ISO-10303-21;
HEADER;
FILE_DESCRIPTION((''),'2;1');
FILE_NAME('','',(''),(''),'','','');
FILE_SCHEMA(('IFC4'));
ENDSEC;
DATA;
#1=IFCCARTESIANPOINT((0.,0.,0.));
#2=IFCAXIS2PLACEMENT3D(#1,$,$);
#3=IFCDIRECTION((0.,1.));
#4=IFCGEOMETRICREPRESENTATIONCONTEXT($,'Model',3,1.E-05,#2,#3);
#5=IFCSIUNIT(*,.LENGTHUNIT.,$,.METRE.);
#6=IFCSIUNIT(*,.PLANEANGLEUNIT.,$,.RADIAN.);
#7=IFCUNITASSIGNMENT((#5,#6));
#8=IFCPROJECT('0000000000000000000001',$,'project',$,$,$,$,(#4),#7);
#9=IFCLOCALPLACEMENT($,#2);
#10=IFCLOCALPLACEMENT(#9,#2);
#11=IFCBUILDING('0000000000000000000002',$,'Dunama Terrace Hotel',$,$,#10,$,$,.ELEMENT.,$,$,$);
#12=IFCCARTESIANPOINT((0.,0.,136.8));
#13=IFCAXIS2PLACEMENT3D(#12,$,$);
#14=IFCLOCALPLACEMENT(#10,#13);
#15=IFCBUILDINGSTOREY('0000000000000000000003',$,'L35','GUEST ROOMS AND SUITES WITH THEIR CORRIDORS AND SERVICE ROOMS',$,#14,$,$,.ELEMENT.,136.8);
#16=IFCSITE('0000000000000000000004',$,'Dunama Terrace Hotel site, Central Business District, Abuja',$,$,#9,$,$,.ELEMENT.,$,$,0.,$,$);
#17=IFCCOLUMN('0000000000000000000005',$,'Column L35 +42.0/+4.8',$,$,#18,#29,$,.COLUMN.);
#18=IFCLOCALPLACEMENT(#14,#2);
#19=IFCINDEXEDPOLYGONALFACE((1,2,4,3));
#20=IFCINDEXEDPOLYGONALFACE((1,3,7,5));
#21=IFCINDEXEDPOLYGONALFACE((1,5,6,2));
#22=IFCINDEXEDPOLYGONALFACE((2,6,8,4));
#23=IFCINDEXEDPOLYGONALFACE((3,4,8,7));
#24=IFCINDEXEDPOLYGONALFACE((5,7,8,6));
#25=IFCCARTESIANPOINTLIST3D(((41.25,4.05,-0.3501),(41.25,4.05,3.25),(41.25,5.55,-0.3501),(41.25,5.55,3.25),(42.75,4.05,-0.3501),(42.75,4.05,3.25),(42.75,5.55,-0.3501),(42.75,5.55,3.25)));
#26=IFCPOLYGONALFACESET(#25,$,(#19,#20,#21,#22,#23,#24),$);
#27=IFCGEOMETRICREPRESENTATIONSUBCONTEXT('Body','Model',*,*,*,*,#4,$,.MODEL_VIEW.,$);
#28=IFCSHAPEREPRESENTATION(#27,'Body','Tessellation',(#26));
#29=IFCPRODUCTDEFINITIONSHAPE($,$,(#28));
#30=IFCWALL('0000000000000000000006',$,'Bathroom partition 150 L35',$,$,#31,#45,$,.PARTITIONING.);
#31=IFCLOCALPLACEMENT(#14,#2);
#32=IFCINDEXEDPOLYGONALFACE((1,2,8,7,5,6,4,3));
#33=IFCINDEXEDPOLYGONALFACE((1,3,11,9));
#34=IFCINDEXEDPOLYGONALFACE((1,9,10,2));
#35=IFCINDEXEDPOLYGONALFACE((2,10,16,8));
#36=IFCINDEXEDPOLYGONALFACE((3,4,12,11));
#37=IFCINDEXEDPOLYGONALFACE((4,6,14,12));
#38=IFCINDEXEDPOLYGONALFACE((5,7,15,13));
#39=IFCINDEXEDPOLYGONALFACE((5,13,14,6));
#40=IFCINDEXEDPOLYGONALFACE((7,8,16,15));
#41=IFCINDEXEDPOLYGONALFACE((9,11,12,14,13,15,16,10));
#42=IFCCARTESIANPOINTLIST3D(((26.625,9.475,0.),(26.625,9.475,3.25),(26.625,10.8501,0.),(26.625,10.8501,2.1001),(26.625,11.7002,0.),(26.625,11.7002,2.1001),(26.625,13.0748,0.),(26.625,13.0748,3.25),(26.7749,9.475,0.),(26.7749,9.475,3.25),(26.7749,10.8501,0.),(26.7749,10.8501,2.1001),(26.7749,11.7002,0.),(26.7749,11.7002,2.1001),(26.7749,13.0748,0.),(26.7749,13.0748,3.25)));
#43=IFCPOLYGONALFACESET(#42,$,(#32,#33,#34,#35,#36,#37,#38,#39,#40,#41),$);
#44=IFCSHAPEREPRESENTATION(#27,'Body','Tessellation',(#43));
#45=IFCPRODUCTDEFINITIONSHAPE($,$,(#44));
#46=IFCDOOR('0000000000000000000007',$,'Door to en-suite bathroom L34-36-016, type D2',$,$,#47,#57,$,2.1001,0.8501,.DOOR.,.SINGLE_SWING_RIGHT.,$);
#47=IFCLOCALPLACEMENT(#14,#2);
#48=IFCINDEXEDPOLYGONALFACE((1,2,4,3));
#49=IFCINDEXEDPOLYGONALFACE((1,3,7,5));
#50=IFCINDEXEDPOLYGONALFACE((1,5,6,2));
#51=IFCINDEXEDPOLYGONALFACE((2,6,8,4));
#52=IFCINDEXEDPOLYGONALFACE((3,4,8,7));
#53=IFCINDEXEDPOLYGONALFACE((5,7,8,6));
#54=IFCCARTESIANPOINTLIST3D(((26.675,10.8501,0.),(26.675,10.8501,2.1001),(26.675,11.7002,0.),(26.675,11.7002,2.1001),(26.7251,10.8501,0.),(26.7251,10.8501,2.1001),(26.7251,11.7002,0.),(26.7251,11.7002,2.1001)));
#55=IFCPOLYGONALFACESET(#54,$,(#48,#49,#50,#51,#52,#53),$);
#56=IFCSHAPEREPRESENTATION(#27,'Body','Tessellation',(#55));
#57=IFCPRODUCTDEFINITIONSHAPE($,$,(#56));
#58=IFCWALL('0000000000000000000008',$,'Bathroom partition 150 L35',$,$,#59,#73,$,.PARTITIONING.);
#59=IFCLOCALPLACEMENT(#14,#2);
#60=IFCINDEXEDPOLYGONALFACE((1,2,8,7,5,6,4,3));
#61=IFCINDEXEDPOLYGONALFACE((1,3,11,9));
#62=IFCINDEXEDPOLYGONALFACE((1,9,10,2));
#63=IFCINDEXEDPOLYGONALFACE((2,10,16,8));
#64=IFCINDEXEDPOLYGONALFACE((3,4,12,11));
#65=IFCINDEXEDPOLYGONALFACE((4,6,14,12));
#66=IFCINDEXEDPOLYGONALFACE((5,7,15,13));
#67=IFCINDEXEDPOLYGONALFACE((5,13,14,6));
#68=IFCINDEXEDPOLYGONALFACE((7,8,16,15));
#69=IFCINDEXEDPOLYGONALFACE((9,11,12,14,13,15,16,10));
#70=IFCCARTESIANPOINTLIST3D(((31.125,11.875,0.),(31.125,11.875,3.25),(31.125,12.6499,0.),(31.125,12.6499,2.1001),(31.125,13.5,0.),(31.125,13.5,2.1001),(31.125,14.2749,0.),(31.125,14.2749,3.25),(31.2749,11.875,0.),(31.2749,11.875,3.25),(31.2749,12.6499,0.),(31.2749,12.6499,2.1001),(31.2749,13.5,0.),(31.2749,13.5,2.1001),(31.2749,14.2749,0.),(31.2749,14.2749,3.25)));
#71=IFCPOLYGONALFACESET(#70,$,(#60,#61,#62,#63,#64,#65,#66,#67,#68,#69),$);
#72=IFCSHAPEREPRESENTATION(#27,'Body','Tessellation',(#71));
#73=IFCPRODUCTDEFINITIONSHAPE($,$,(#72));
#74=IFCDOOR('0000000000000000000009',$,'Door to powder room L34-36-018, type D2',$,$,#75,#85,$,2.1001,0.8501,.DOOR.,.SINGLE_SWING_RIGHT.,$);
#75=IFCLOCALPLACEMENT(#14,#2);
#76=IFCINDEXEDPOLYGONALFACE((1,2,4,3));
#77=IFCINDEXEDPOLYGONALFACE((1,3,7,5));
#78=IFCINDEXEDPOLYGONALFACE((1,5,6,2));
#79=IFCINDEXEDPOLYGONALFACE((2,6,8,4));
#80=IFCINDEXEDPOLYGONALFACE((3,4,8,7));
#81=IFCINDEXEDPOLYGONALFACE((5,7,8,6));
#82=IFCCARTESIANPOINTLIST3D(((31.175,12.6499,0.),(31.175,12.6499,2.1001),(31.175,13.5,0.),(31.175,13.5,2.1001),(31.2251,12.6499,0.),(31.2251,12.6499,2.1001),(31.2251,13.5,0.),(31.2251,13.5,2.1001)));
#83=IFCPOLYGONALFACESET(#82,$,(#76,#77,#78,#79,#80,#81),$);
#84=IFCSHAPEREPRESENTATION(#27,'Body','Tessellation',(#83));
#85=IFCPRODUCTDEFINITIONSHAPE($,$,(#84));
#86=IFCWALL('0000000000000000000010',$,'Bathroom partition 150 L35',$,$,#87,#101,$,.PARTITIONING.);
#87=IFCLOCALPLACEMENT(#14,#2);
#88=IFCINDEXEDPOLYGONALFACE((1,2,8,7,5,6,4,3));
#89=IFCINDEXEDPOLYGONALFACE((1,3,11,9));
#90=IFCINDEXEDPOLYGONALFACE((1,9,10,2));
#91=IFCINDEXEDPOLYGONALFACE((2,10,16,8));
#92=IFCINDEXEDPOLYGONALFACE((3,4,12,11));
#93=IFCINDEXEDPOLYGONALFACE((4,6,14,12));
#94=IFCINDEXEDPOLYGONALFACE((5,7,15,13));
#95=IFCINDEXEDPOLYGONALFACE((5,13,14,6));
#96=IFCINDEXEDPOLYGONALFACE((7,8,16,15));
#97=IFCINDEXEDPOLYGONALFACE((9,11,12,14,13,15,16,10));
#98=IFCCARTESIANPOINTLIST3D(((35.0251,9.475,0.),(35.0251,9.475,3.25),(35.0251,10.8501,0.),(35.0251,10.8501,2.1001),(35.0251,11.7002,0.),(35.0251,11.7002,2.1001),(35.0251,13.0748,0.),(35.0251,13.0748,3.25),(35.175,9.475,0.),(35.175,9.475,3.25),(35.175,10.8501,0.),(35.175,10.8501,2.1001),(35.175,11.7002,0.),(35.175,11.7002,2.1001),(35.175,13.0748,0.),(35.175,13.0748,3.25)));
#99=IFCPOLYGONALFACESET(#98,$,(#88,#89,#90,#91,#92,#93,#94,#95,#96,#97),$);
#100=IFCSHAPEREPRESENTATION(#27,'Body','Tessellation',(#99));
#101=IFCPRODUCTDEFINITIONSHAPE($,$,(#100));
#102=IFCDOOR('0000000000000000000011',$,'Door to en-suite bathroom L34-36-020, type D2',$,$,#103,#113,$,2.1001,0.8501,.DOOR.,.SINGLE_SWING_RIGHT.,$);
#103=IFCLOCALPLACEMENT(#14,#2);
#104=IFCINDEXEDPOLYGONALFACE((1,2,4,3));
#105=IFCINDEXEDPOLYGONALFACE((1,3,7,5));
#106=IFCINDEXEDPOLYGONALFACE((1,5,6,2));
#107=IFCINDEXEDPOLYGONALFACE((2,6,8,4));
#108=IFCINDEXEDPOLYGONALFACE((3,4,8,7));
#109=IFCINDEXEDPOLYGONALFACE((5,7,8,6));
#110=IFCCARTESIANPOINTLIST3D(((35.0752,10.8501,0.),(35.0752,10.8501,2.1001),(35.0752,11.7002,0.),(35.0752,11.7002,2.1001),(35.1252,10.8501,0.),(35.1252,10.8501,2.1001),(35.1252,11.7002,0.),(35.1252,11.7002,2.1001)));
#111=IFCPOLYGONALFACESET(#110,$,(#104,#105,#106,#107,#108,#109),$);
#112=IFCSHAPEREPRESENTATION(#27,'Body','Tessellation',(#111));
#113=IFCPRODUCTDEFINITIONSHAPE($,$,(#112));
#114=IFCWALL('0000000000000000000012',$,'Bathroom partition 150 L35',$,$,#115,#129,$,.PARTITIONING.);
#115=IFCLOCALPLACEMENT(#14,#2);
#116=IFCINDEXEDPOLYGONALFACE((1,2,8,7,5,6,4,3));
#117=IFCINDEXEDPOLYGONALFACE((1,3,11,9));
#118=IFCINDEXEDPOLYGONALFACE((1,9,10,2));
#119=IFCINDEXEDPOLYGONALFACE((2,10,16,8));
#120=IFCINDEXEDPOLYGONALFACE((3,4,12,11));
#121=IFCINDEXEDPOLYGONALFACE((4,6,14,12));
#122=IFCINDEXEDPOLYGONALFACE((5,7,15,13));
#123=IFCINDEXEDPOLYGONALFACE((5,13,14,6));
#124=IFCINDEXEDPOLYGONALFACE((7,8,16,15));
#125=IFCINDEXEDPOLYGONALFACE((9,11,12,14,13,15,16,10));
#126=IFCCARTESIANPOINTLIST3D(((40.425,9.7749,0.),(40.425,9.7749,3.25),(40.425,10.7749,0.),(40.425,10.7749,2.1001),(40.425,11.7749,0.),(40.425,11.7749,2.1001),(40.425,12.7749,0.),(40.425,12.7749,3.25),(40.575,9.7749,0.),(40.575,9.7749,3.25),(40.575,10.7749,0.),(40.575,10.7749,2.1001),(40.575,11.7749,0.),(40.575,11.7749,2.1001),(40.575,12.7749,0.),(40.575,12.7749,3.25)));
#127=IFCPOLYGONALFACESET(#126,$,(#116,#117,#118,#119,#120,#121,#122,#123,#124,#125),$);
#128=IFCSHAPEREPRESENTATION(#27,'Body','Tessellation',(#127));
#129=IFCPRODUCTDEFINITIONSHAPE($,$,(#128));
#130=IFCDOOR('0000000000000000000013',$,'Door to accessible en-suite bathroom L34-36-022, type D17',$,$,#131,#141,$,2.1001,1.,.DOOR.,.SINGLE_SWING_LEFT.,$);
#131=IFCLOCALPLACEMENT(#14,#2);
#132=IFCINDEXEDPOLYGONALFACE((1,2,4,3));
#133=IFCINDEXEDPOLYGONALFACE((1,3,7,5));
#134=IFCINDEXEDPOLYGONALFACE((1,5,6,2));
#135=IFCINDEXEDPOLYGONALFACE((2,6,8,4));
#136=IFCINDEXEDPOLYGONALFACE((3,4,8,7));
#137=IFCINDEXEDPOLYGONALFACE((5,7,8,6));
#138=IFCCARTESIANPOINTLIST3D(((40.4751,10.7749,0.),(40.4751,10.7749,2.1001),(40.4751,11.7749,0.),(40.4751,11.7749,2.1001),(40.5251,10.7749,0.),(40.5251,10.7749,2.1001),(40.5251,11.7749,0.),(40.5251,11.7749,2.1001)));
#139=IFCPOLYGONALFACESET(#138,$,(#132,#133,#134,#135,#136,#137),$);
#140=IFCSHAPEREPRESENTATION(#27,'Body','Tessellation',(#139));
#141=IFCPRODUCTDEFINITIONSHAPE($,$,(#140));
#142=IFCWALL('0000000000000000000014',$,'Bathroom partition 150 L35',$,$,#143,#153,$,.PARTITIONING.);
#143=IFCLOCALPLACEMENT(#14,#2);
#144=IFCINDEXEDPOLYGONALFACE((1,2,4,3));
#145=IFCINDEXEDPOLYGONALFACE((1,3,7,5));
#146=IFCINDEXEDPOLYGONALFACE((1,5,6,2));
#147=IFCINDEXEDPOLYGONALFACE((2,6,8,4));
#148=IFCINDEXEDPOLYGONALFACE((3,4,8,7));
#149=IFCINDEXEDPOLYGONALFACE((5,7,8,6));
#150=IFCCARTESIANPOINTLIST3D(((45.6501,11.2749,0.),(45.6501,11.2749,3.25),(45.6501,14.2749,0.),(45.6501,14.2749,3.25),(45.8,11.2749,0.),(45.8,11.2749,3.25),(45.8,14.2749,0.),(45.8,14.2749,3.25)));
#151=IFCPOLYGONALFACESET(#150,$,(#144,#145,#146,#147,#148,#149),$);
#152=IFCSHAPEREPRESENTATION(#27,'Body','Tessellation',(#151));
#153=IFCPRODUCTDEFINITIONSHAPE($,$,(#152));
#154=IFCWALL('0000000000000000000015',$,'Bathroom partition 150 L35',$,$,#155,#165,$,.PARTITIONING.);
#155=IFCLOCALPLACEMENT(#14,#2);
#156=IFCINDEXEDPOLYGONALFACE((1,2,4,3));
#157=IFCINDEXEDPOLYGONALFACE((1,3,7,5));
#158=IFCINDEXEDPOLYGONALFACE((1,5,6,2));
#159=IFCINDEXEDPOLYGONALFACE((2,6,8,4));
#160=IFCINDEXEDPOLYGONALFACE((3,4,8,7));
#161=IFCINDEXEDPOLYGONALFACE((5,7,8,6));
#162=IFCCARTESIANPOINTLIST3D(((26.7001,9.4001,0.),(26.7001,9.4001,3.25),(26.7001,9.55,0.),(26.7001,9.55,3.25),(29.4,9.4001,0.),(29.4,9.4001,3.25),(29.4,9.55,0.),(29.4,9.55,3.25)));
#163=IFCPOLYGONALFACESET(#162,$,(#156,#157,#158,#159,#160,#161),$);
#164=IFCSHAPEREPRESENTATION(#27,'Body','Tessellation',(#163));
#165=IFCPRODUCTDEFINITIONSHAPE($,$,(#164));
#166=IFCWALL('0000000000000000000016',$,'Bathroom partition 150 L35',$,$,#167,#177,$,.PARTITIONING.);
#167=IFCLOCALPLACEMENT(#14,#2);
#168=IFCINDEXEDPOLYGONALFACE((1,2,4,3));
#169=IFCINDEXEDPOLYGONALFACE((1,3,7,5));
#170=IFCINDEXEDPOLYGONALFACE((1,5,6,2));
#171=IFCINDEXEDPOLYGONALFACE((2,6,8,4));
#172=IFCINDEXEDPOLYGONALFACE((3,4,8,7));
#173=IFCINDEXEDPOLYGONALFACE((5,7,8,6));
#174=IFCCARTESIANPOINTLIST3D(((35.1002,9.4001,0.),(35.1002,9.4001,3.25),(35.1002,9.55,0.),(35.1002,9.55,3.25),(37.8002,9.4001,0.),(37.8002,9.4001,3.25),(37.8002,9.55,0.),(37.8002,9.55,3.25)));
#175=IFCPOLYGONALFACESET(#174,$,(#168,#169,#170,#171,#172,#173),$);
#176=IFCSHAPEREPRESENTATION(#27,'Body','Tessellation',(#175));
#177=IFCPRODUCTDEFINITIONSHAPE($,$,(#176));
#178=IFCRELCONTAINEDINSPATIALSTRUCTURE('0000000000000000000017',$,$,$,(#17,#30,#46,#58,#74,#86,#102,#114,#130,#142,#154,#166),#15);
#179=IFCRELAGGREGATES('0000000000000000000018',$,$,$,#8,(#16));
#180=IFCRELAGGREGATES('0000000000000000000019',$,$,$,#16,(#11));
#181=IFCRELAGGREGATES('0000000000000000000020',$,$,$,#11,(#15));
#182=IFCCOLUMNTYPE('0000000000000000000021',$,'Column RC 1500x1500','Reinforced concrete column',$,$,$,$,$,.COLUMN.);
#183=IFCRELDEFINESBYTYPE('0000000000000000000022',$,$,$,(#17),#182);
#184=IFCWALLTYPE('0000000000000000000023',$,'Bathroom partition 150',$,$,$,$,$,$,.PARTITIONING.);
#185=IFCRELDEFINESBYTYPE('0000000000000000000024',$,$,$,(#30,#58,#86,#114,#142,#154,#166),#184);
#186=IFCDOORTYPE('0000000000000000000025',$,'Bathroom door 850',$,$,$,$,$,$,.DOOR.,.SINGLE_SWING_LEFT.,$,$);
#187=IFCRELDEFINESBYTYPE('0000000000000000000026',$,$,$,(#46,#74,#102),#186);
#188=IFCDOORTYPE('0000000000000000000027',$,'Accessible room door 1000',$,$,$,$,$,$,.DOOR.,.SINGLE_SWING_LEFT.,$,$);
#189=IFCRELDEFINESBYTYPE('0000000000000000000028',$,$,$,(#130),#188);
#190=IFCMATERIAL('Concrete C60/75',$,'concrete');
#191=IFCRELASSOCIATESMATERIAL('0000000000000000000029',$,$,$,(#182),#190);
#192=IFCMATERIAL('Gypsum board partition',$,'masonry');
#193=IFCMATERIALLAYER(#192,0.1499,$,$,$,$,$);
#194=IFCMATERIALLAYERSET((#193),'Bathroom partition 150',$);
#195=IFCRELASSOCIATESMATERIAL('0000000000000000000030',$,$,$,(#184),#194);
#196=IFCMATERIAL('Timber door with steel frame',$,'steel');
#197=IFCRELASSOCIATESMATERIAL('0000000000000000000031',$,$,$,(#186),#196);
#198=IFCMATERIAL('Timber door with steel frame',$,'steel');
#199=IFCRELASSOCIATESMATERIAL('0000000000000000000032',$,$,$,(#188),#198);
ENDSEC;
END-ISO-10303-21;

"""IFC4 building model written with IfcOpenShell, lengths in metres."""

from ifc_helpers import new_model, si_unit, direction, frame, frame_2d, origin, origin_2d, place, context, subcontext, project, spatial, rectangle, extrude, material, layer, layer_set, material_profile, profile_set, type_object, element, fill, save


model = new_model("IFC4")

# Units and contexts
model_context = context("Model", 3, precision=1e-05, world=origin(), true_north=direction((0.0, 1.0)))
body_context = subcontext(model_context, "Body", "Model", "MODEL_VIEW")
ifc_project = project(units=[si_unit("LENGTHUNIT", "METRE"), si_unit("PLANEANGLEUNIT", "RADIAN")], contexts=[model_context])

# Site, building, storey
site_placement = place(None, origin())
site = spatial("IfcSite", under=ifc_project, at=site_placement, Name="Dunama Terrace Hotel site, Central Business District, Abuja", CompositionType="ELEMENT", RefElevation=0.0)
building_placement = place(site_placement, origin())
building = spatial("IfcBuilding", under=site, at=building_placement, Name="Dunama Terrace Hotel", CompositionType="ELEMENT")
storey_placement = place(building_placement, frame((0.0, 0.0, 136.8)))
storey = spatial("IfcBuildingStorey", under=building, at=storey_placement, Name="L35", Description="GUEST ROOMS AND SUITES WITH THEIR CORRIDORS AND SERVICE ROOMS", CompositionType="ELEMENT", Elevation=136.8)

# Column
ifc_material_1 = material(Name="Concrete C60/75", Category="concrete")
ifc_material_profile = material_profile(ifc_material_1, rectangle(XDim=1.5, YDim=1.5, at=origin_2d()), Name="RC 1500x1500")
ifc_profile_set = profile_set([ifc_material_profile], Name="Concrete C60/75")
column_type = type_object("IfcColumnType", Name="Column RC 1500x1500", Description="Reinforced concrete column", PredefinedType="COLUMN", material=ifc_profile_set)
column_placement = place(storey_placement, frame((42.0, 4.8, -0.3501), z_axis=(0.0, 0.0, 1.0), x_axis=(1.0, 0.0, 0.0)))
element("IfcColumn", 1, at=column_placement, inside=storey, type_object=column_type, Name="Column L35 +42.0/+4.8", PredefinedType="COLUMN", context=body_context, shape_type="SweptSolid", body=[
    extrude(rectangle(XDim=1.5, YDim=1.5, at=origin_2d()), origin(), (0.0, 0.0, 1.0), 3.6001),
])

# Walls, openings, doors
ifc_material_2 = material(Name="Gypsum board partition", Category="masonry")
ifc_layer = layer(ifc_material_2, 0.1499)
ifc_layer_set = layer_set([ifc_layer], Name="Bathroom partition 150")
wall_type = type_object("IfcWallType", Name="Bathroom partition 150", PredefinedType="PARTITIONING", material=ifc_layer_set)
wall_1_placement = place(storey_placement, frame((26.7, 9.4751, 0.0), z_axis=(0.0, 0.0, 1.0), x_axis=(0.0, 1.0, 0.0)))
wall_1 = element("IfcWall", 2, at=wall_1_placement, inside=storey, type_object=wall_type, Name="Bathroom partition 150 L35", PredefinedType="PARTITIONING", context=body_context, shape_type="SweptSolid", body=[
    extrude(rectangle(XDim=3.5999, YDim=0.1499, at=frame_2d((1.7998, 0.0))), origin(), (0.0, 0.0, 1.0), 3.25),
])
opening_1_placement = place(wall_1_placement, frame((1.375, 0.0, 0.0)))
opening_1 = element("IfcOpeningElement", 3, at=opening_1_placement, cuts=wall_1, PredefinedType="OPENING", context=body_context, shape_type="SweptSolid", body=[
    extrude(rectangle(XDim=0.8501, YDim=2.1001, at=frame_2d((0.425, 1.05))), frame((0.0, 0.085, 0.0), z_axis=(0.0, -1.0, 0.0), x_axis=(1.0, 0.0, 0.0)), (0.0, 0.0, 1.0), 0.1699),
])
ifc_material_3 = material(Name="Timber door with steel frame", Category="steel")
door_type_1 = type_object("IfcDoorType", Name="Bathroom door 850", OperationType="SINGLE_SWING_LEFT", PredefinedType="DOOR", material=ifc_material_3)
door_1_placement = place(opening_1_placement, frame((0.8501, 0.0, 0.0), z_axis=(0.0, 0.0, 1.0), x_axis=(-1.0, 0.0, 0.0)))
door_1 = element("IfcDoor", 4, at=door_1_placement, inside=storey, type_object=door_type_1, Name="Door to en-suite bathroom L34-36-016, type D2", OperationType="SINGLE_SWING_RIGHT", OverallHeight=2.1001, OverallWidth=0.8501, PredefinedType="DOOR", context=body_context, shape_type="SweptSolid", body=[
    extrude(rectangle(XDim=0.8501, YDim=2.1001, at=frame_2d((0.425, 1.05))), frame((0.0, 0.0251, 0.0), z_axis=(0.0, -1.0, 0.0), x_axis=(1.0, 0.0, 0.0)), (0.0, 0.0, 1.0), 0.05),
])
fill(opening_1, door_1)
wall_2_placement = place(storey_placement, frame((31.2, 11.875, 0.0), z_axis=(0.0, 0.0, 1.0), x_axis=(0.0, 1.0, 0.0)))
wall_2 = element("IfcWall", 5, at=wall_2_placement, inside=storey, type_object=wall_type, Name="Bathroom partition 150 L35", PredefinedType="PARTITIONING", context=body_context, shape_type="SweptSolid", body=[
    extrude(rectangle(XDim=2.3999, YDim=0.1499, at=frame_2d((1.2, 0.0))), origin(), (0.0, 0.0, 1.0), 3.25),
])
opening_2_placement = place(wall_2_placement, frame((0.7749, 0.0, 0.0)))
opening_2 = element("IfcOpeningElement", 6, at=opening_2_placement, cuts=wall_2, PredefinedType="OPENING", context=body_context, shape_type="SweptSolid", body=[
    extrude(rectangle(XDim=0.8501, YDim=2.1001, at=frame_2d((0.425, 1.05))), frame((0.0, 0.085, 0.0), z_axis=(0.0, -1.0, 0.0), x_axis=(1.0, 0.0, 0.0)), (0.0, 0.0, 1.0), 0.1699),
])
door_2_placement = place(opening_2_placement, origin())
door_2 = element("IfcDoor", 7, at=door_2_placement, inside=storey, type_object=door_type_1, Name="Door to powder room L34-36-018, type D2", OperationType="SINGLE_SWING_RIGHT", OverallHeight=2.1001, OverallWidth=0.8501, PredefinedType="DOOR", context=body_context, shape_type="SweptSolid", body=[
    extrude(rectangle(XDim=0.8501, YDim=2.1001, at=frame_2d((0.425, 1.05))), frame((0.0, 0.0249, 0.0), z_axis=(0.0, -1.0, 0.0), x_axis=(1.0, 0.0, 0.0)), (0.0, 0.0, 1.0), 0.05),
])
fill(opening_2, door_2)
wall_3_placement = place(storey_placement, frame((35.1001, 9.4751, 0.0), z_axis=(0.0, 0.0, 1.0), x_axis=(0.0, 1.0, 0.0)))
wall_3 = element("IfcWall", 8, at=wall_3_placement, inside=storey, type_object=wall_type, Name="Bathroom partition 150 L35", PredefinedType="PARTITIONING", context=body_context, shape_type="SweptSolid", body=[
    extrude(rectangle(XDim=3.5999, YDim=0.1499, at=frame_2d((1.7998, 0.0))), origin(), (0.0, 0.0, 1.0), 3.25),
])
opening_3_placement = place(wall_3_placement, frame((1.375, 0.0, 0.0)))
opening_3 = element("IfcOpeningElement", 9, at=opening_3_placement, cuts=wall_3, PredefinedType="OPENING", context=body_context, shape_type="SweptSolid", body=[
    extrude(rectangle(XDim=0.8501, YDim=2.1001, at=frame_2d((0.425, 1.05))), frame((0.0, 0.085, 0.0), z_axis=(0.0, -1.0, 0.0), x_axis=(1.0, 0.0, 0.0)), (0.0, 0.0, 1.0), 0.1699),
])
door_3_placement = place(opening_3_placement, frame((0.8501, 0.0, 0.0), z_axis=(0.0, 0.0, 1.0), x_axis=(-1.0, 0.0, 0.0)))
door_3 = element("IfcDoor", 10, at=door_3_placement, inside=storey, type_object=door_type_1, Name="Door to en-suite bathroom L34-36-020, type D2", OperationType="SINGLE_SWING_RIGHT", OverallHeight=2.1001, OverallWidth=0.8501, PredefinedType="DOOR", context=body_context, shape_type="SweptSolid", body=[
    extrude(rectangle(XDim=0.8501, YDim=2.1001, at=frame_2d((0.425, 1.05))), frame((0.0, 0.0251, 0.0), z_axis=(0.0, -1.0, 0.0), x_axis=(1.0, 0.0, 0.0)), (0.0, 0.0, 1.0), 0.05),
])
fill(opening_3, door_3)
wall_4_placement = place(storey_placement, frame((40.5, 9.7749, 0.0), z_axis=(0.0, 0.0, 1.0), x_axis=(0.0, 1.0, 0.0)))
wall_4 = element("IfcWall", 11, at=wall_4_placement, inside=storey, type_object=wall_type, Name="Bathroom partition 150 L35", PredefinedType="PARTITIONING", context=body_context, shape_type="SweptSolid", body=[
    extrude(rectangle(XDim=3.0, YDim=0.1499, at=frame_2d((1.5, 0.0))), origin(), (0.0, 0.0, 1.0), 3.25),
])
opening_4_placement = place(wall_4_placement, frame((1.0, 0.0, 0.0)))
opening_4 = element("IfcOpeningElement", 12, at=opening_4_placement, cuts=wall_4, PredefinedType="OPENING", context=body_context, shape_type="SweptSolid", body=[
    extrude(rectangle(XDim=1.0, YDim=2.1001, at=frame_2d((0.5, 1.05))), frame((0.0, 0.085, 0.0), z_axis=(0.0, -1.0, 0.0), x_axis=(1.0, 0.0, 0.0)), (0.0, 0.0, 1.0), 0.1699),
])
ifc_material_4 = material(Name="Timber door with steel frame", Category="steel")
door_type_2 = type_object("IfcDoorType", Name="Accessible room door 1000", OperationType="SINGLE_SWING_LEFT", PredefinedType="DOOR", material=ifc_material_4)
door_4_placement = place(opening_4_placement, origin())
door_4 = element("IfcDoor", 13, at=door_4_placement, inside=storey, type_object=door_type_2, Name="Door to accessible en-suite bathroom L34-36-022, type D17", OperationType="SINGLE_SWING_LEFT", OverallHeight=2.1001, OverallWidth=1.0, PredefinedType="DOOR", context=body_context, shape_type="SweptSolid", body=[
    extrude(rectangle(XDim=1.0, YDim=2.1001, at=frame_2d((0.5, 1.05))), frame((0.0, 0.0249, 0.0), z_axis=(0.0, -1.0, 0.0), x_axis=(1.0, 0.0, 0.0)), (0.0, 0.0, 1.0), 0.05),
])
fill(opening_4, door_4)

# Walls
wall_5_placement = place(storey_placement, frame((45.7251, 11.2749, 0.0), z_axis=(0.0, 0.0, 1.0), x_axis=(0.0, 1.0, 0.0)))
element("IfcWall", 14, at=wall_5_placement, inside=storey, type_object=wall_type, Name="Bathroom partition 150 L35", PredefinedType="PARTITIONING", context=body_context, shape_type="SweptSolid", body=[
    extrude(rectangle(XDim=3.0, YDim=0.1499, at=frame_2d((1.5, 0.0))), origin(), (0.0, 0.0, 1.0), 3.25),
])
for number, where, z_axis, x_axis, name in (
    (15, (26.7, 9.4751, 0.0), (0.0, 0.0, 1.0), (1.0, 0.0, 0.0), "Bathroom partition 150 L35"),
    (16, (35.1001, 9.4751, 0.0), (0.0, 0.0, 1.0), (1.0, 0.0, 0.0), "Bathroom partition 150 L35"),
):
    element("IfcWall", number, at=place(storey_placement, frame(where, z_axis=z_axis, x_axis=x_axis)), inside=storey, type_object=wall_type, Name=name, PredefinedType="PARTITIONING", context=body_context, shape_type="SweptSolid", body=[
        extrude(rectangle(XDim=2.7, YDim=0.1499, at=frame_2d((1.3501, 0.0))), origin(), (0.0, 0.0, 1.0), 3.25),
    ])

save(model, "model.ifc")
